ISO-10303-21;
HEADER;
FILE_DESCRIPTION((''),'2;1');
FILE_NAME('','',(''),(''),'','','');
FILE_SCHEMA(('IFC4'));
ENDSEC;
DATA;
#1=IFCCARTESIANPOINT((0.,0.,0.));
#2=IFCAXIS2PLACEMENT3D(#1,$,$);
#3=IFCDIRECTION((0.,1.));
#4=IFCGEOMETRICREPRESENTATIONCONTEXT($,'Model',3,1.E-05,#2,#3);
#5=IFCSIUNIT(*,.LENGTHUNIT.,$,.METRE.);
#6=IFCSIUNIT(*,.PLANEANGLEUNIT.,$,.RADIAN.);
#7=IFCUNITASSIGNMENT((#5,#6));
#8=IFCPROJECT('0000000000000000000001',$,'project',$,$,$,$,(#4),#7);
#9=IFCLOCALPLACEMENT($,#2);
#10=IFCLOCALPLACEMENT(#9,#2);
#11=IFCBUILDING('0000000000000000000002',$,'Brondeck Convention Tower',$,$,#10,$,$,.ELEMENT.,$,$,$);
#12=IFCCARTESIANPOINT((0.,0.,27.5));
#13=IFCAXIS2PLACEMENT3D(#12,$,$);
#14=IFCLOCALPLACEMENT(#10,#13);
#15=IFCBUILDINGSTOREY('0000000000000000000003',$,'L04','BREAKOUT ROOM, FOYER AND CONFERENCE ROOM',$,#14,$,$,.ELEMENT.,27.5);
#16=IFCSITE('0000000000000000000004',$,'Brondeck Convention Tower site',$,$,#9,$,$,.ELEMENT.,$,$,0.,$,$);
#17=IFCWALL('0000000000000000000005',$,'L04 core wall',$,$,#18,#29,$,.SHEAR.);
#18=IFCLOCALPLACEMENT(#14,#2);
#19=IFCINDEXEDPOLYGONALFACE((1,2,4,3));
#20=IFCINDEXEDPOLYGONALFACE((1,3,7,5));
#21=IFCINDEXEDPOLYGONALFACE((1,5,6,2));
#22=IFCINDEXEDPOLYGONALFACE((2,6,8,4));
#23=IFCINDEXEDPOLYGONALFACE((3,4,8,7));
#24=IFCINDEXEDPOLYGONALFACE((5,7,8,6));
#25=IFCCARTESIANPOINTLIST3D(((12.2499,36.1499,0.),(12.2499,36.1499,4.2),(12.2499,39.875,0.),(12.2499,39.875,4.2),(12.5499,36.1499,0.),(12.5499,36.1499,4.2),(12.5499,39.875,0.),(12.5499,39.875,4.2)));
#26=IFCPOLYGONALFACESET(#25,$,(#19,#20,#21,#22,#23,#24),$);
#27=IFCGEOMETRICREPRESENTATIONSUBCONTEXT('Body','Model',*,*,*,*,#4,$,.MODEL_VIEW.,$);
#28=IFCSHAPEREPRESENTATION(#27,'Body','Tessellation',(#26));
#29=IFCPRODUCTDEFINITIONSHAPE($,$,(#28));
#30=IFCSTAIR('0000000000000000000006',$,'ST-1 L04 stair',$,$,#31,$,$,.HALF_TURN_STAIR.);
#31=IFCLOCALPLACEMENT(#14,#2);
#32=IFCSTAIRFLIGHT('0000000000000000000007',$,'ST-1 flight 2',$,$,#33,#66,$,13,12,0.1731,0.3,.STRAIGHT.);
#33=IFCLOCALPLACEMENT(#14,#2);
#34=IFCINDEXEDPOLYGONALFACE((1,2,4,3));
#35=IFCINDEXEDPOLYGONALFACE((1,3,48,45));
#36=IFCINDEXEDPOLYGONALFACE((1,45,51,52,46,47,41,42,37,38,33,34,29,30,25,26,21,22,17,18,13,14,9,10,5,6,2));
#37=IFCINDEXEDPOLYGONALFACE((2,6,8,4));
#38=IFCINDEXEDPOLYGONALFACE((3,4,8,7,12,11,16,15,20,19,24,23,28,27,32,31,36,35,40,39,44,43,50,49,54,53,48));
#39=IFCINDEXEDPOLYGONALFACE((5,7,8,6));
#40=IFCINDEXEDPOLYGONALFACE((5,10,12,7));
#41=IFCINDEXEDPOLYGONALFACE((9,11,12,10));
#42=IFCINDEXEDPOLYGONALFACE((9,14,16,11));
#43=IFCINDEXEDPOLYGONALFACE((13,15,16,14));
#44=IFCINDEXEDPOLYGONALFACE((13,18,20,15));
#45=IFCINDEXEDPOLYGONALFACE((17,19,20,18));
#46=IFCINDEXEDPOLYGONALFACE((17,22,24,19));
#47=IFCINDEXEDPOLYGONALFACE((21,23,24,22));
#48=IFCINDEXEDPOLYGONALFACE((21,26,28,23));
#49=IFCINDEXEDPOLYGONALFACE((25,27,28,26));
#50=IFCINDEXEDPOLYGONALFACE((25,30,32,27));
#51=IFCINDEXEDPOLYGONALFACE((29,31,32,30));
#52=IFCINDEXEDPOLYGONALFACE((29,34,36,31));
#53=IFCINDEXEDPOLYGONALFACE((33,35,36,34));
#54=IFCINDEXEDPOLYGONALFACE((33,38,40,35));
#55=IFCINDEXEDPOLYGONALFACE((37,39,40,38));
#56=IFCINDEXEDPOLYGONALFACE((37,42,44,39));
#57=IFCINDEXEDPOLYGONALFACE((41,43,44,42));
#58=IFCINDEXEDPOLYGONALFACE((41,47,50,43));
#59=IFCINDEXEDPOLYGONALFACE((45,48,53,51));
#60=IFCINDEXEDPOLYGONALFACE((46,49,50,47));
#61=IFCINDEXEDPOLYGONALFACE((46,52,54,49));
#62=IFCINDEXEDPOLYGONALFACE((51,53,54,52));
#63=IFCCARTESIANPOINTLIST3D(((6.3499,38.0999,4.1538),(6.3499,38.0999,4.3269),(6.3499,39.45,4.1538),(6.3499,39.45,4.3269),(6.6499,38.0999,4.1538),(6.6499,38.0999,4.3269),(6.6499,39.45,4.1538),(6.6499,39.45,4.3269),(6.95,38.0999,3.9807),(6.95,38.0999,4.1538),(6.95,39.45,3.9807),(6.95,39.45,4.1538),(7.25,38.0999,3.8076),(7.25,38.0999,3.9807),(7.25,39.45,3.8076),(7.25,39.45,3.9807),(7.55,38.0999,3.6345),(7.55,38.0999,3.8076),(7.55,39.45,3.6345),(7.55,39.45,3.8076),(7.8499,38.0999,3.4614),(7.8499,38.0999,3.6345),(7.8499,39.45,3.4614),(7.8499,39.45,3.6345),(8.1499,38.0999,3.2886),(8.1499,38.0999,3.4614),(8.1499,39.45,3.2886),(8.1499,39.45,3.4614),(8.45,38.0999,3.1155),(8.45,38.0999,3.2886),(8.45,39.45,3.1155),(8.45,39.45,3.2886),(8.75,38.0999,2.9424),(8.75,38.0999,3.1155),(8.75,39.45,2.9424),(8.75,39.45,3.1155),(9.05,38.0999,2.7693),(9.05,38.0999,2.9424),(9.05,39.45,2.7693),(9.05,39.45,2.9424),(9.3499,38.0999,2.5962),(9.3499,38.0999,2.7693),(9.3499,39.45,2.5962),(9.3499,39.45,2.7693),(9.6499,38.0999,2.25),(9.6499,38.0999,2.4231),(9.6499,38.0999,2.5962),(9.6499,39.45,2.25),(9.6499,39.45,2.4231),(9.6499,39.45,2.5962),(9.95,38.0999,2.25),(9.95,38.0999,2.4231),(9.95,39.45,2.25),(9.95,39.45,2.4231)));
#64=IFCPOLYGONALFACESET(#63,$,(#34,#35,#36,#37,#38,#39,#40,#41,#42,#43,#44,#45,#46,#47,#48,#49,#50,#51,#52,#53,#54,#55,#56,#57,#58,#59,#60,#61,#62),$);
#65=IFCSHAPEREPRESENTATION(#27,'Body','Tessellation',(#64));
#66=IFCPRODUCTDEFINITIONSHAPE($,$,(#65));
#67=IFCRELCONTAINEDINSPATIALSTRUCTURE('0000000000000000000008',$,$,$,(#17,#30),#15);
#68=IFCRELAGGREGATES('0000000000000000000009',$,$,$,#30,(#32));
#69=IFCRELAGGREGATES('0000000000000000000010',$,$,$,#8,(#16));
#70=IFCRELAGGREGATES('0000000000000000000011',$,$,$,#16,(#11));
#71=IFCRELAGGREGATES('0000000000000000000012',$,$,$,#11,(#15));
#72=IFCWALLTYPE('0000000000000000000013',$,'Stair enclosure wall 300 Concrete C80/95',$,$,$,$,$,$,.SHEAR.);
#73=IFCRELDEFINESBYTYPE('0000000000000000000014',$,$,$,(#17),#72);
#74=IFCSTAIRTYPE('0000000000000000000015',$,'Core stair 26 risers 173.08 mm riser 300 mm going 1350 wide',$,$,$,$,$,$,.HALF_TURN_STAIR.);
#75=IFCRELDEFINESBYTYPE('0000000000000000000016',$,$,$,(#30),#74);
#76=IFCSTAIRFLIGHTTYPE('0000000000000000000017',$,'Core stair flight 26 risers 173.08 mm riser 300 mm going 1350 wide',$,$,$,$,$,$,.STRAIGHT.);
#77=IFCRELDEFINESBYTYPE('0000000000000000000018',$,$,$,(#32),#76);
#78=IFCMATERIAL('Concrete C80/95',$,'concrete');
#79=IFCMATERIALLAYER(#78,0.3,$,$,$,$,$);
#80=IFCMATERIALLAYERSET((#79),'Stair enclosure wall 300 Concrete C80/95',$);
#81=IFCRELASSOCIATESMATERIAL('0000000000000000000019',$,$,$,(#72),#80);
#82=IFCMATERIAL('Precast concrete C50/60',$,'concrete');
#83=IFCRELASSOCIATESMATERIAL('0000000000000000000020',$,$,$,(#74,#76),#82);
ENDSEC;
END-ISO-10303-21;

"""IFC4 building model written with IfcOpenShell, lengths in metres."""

from ifc_helpers import new_model, si_unit, direction, frame, frame_2d, origin, place, context, subcontext, project, spatial, polyline, rectangle, outline, extrude, material, layer, layer_set, type_object, element, aggregate, save


model = new_model("IFC4")

# Units and contexts
model_context = context("Model", 3, precision=1e-05, world=origin(), true_north=direction((0.0, 1.0)))
body_context = subcontext(model_context, "Body", "Model", "MODEL_VIEW")
ifc_project = project(units=[si_unit("LENGTHUNIT", "METRE"), si_unit("PLANEANGLEUNIT", "RADIAN")], contexts=[model_context])

# Site, building, storey
site_placement = place(None, origin())
site = spatial("IfcSite", under=ifc_project, at=site_placement, Name="Brondeck Convention Tower site", CompositionType="ELEMENT", RefElevation=0.0)
building_placement = place(site_placement, origin())
building = spatial("IfcBuilding", under=site, at=building_placement, Name="Brondeck Convention Tower", CompositionType="ELEMENT")
storey_placement = place(building_placement, frame((0.0, 0.0, 27.5)))
storey = spatial("IfcBuildingStorey", under=building, at=storey_placement, Name="L04", Description="BREAKOUT ROOM, FOYER AND CONFERENCE ROOM", CompositionType="ELEMENT", Elevation=27.5)

# Shared definitions
ifc_material_1 = material(Name="Concrete C80/95", Category="concrete")

# Wall
ifc_layer_1 = layer(ifc_material_1, 0.3)
ifc_layer_set_1 = layer_set([ifc_layer_1], Name="Stair enclosure wall 300 Concrete C80/95")
wall_type_1 = type_object("IfcWallType", Name="Stair enclosure wall 300 Concrete C80/95", PredefinedType="SHEAR", material=ifc_layer_set_1)
wall_1_placement = place(storey_placement, frame((12.3999, 36.1499, 0.0), z_axis=(0.0, 0.0, 1.0), x_axis=(0.0, 1.0, 0.0)))
element("IfcWall", 1, at=wall_1_placement, inside=storey, type_object=wall_type_1, Name="L04 core wall", PredefinedType="SHEAR", context=body_context, shape_type="SweptSolid", body=[
    extrude(rectangle(XDim=3.7251, YDim=0.3, at=frame_2d((1.8625, 0.0))), origin(), (0.0, 0.0, 1.0), 4.2),
])

# Stair, stair flight
ifc_material_2 = material(Name="Precast concrete C50/60", Category="concrete")
stair_type = type_object("IfcStairType", Name="Core stair 26 risers 173.08 mm riser 300 mm going 1350 wide", PredefinedType="HALF_TURN_STAIR", material=ifc_material_2)
stair_placement = place(storey_placement, origin())
stair = element("IfcStair", 2, at=stair_placement, inside=storey, type_object=stair_type, Name="ST-1 L04 stair", PredefinedType="HALF_TURN_STAIR")
stair_flight_type = type_object("IfcStairFlightType", Name="Core stair flight 26 risers 173.08 mm riser 300 mm going 1350 wide", PredefinedType="STRAIGHT", material=ifc_material_2)
stair_flight_placement = place(storey_placement, frame((9.95, 38.7749, 2.25), z_axis=(0.0, 0.0, 1.0), x_axis=(-1.0, 0.0, 0.0)))
stair_flight = element("IfcStairFlight", 3, at=stair_flight_placement, type_object=stair_flight_type, Name="ST-1 flight 2", NumberOfRisers=13, NumberOfTreads=12, PredefinedType="STRAIGHT", RiserHeight=0.1731, TreadLength=0.3, context=body_context, shape_type="SweptSolid", body=[
    extrude(outline(polyline([(0.0, 0.0), (0.0, 0.1731), (0.3, 0.1731), (0.3, 0.3462), (0.6001, 0.3462), (0.6001, 0.5193), (0.8999, 0.5193), (0.8999, 0.6924), (1.2, 0.6924), (1.2, 0.8655), (1.5, 0.8655), (1.5, 1.0386), (1.8, 1.0386), (1.8, 1.2114), (2.1001, 1.2114), (2.1001, 1.3845), (2.3999, 1.3845), (2.3999, 1.5576), (2.7, 1.5576), (2.7, 1.7307), (3.0, 1.7307), (3.0, 1.9038), (3.3, 1.9038), (3.3, 2.0769), (3.6001, 2.0769), (3.6001, 2.25), (3.6001, 1.9038), (0.3, 0.0), (0.0, 0.0)])), frame((0.0, 0.675, 0.0), z_axis=(0.0, -1.0, 0.0), x_axis=(1.0, 0.0, 0.0)), (0.0, 0.0, 1.0), 1.3501),
])
aggregate(stair, [stair_flight])

save(model, "model.ifc")
